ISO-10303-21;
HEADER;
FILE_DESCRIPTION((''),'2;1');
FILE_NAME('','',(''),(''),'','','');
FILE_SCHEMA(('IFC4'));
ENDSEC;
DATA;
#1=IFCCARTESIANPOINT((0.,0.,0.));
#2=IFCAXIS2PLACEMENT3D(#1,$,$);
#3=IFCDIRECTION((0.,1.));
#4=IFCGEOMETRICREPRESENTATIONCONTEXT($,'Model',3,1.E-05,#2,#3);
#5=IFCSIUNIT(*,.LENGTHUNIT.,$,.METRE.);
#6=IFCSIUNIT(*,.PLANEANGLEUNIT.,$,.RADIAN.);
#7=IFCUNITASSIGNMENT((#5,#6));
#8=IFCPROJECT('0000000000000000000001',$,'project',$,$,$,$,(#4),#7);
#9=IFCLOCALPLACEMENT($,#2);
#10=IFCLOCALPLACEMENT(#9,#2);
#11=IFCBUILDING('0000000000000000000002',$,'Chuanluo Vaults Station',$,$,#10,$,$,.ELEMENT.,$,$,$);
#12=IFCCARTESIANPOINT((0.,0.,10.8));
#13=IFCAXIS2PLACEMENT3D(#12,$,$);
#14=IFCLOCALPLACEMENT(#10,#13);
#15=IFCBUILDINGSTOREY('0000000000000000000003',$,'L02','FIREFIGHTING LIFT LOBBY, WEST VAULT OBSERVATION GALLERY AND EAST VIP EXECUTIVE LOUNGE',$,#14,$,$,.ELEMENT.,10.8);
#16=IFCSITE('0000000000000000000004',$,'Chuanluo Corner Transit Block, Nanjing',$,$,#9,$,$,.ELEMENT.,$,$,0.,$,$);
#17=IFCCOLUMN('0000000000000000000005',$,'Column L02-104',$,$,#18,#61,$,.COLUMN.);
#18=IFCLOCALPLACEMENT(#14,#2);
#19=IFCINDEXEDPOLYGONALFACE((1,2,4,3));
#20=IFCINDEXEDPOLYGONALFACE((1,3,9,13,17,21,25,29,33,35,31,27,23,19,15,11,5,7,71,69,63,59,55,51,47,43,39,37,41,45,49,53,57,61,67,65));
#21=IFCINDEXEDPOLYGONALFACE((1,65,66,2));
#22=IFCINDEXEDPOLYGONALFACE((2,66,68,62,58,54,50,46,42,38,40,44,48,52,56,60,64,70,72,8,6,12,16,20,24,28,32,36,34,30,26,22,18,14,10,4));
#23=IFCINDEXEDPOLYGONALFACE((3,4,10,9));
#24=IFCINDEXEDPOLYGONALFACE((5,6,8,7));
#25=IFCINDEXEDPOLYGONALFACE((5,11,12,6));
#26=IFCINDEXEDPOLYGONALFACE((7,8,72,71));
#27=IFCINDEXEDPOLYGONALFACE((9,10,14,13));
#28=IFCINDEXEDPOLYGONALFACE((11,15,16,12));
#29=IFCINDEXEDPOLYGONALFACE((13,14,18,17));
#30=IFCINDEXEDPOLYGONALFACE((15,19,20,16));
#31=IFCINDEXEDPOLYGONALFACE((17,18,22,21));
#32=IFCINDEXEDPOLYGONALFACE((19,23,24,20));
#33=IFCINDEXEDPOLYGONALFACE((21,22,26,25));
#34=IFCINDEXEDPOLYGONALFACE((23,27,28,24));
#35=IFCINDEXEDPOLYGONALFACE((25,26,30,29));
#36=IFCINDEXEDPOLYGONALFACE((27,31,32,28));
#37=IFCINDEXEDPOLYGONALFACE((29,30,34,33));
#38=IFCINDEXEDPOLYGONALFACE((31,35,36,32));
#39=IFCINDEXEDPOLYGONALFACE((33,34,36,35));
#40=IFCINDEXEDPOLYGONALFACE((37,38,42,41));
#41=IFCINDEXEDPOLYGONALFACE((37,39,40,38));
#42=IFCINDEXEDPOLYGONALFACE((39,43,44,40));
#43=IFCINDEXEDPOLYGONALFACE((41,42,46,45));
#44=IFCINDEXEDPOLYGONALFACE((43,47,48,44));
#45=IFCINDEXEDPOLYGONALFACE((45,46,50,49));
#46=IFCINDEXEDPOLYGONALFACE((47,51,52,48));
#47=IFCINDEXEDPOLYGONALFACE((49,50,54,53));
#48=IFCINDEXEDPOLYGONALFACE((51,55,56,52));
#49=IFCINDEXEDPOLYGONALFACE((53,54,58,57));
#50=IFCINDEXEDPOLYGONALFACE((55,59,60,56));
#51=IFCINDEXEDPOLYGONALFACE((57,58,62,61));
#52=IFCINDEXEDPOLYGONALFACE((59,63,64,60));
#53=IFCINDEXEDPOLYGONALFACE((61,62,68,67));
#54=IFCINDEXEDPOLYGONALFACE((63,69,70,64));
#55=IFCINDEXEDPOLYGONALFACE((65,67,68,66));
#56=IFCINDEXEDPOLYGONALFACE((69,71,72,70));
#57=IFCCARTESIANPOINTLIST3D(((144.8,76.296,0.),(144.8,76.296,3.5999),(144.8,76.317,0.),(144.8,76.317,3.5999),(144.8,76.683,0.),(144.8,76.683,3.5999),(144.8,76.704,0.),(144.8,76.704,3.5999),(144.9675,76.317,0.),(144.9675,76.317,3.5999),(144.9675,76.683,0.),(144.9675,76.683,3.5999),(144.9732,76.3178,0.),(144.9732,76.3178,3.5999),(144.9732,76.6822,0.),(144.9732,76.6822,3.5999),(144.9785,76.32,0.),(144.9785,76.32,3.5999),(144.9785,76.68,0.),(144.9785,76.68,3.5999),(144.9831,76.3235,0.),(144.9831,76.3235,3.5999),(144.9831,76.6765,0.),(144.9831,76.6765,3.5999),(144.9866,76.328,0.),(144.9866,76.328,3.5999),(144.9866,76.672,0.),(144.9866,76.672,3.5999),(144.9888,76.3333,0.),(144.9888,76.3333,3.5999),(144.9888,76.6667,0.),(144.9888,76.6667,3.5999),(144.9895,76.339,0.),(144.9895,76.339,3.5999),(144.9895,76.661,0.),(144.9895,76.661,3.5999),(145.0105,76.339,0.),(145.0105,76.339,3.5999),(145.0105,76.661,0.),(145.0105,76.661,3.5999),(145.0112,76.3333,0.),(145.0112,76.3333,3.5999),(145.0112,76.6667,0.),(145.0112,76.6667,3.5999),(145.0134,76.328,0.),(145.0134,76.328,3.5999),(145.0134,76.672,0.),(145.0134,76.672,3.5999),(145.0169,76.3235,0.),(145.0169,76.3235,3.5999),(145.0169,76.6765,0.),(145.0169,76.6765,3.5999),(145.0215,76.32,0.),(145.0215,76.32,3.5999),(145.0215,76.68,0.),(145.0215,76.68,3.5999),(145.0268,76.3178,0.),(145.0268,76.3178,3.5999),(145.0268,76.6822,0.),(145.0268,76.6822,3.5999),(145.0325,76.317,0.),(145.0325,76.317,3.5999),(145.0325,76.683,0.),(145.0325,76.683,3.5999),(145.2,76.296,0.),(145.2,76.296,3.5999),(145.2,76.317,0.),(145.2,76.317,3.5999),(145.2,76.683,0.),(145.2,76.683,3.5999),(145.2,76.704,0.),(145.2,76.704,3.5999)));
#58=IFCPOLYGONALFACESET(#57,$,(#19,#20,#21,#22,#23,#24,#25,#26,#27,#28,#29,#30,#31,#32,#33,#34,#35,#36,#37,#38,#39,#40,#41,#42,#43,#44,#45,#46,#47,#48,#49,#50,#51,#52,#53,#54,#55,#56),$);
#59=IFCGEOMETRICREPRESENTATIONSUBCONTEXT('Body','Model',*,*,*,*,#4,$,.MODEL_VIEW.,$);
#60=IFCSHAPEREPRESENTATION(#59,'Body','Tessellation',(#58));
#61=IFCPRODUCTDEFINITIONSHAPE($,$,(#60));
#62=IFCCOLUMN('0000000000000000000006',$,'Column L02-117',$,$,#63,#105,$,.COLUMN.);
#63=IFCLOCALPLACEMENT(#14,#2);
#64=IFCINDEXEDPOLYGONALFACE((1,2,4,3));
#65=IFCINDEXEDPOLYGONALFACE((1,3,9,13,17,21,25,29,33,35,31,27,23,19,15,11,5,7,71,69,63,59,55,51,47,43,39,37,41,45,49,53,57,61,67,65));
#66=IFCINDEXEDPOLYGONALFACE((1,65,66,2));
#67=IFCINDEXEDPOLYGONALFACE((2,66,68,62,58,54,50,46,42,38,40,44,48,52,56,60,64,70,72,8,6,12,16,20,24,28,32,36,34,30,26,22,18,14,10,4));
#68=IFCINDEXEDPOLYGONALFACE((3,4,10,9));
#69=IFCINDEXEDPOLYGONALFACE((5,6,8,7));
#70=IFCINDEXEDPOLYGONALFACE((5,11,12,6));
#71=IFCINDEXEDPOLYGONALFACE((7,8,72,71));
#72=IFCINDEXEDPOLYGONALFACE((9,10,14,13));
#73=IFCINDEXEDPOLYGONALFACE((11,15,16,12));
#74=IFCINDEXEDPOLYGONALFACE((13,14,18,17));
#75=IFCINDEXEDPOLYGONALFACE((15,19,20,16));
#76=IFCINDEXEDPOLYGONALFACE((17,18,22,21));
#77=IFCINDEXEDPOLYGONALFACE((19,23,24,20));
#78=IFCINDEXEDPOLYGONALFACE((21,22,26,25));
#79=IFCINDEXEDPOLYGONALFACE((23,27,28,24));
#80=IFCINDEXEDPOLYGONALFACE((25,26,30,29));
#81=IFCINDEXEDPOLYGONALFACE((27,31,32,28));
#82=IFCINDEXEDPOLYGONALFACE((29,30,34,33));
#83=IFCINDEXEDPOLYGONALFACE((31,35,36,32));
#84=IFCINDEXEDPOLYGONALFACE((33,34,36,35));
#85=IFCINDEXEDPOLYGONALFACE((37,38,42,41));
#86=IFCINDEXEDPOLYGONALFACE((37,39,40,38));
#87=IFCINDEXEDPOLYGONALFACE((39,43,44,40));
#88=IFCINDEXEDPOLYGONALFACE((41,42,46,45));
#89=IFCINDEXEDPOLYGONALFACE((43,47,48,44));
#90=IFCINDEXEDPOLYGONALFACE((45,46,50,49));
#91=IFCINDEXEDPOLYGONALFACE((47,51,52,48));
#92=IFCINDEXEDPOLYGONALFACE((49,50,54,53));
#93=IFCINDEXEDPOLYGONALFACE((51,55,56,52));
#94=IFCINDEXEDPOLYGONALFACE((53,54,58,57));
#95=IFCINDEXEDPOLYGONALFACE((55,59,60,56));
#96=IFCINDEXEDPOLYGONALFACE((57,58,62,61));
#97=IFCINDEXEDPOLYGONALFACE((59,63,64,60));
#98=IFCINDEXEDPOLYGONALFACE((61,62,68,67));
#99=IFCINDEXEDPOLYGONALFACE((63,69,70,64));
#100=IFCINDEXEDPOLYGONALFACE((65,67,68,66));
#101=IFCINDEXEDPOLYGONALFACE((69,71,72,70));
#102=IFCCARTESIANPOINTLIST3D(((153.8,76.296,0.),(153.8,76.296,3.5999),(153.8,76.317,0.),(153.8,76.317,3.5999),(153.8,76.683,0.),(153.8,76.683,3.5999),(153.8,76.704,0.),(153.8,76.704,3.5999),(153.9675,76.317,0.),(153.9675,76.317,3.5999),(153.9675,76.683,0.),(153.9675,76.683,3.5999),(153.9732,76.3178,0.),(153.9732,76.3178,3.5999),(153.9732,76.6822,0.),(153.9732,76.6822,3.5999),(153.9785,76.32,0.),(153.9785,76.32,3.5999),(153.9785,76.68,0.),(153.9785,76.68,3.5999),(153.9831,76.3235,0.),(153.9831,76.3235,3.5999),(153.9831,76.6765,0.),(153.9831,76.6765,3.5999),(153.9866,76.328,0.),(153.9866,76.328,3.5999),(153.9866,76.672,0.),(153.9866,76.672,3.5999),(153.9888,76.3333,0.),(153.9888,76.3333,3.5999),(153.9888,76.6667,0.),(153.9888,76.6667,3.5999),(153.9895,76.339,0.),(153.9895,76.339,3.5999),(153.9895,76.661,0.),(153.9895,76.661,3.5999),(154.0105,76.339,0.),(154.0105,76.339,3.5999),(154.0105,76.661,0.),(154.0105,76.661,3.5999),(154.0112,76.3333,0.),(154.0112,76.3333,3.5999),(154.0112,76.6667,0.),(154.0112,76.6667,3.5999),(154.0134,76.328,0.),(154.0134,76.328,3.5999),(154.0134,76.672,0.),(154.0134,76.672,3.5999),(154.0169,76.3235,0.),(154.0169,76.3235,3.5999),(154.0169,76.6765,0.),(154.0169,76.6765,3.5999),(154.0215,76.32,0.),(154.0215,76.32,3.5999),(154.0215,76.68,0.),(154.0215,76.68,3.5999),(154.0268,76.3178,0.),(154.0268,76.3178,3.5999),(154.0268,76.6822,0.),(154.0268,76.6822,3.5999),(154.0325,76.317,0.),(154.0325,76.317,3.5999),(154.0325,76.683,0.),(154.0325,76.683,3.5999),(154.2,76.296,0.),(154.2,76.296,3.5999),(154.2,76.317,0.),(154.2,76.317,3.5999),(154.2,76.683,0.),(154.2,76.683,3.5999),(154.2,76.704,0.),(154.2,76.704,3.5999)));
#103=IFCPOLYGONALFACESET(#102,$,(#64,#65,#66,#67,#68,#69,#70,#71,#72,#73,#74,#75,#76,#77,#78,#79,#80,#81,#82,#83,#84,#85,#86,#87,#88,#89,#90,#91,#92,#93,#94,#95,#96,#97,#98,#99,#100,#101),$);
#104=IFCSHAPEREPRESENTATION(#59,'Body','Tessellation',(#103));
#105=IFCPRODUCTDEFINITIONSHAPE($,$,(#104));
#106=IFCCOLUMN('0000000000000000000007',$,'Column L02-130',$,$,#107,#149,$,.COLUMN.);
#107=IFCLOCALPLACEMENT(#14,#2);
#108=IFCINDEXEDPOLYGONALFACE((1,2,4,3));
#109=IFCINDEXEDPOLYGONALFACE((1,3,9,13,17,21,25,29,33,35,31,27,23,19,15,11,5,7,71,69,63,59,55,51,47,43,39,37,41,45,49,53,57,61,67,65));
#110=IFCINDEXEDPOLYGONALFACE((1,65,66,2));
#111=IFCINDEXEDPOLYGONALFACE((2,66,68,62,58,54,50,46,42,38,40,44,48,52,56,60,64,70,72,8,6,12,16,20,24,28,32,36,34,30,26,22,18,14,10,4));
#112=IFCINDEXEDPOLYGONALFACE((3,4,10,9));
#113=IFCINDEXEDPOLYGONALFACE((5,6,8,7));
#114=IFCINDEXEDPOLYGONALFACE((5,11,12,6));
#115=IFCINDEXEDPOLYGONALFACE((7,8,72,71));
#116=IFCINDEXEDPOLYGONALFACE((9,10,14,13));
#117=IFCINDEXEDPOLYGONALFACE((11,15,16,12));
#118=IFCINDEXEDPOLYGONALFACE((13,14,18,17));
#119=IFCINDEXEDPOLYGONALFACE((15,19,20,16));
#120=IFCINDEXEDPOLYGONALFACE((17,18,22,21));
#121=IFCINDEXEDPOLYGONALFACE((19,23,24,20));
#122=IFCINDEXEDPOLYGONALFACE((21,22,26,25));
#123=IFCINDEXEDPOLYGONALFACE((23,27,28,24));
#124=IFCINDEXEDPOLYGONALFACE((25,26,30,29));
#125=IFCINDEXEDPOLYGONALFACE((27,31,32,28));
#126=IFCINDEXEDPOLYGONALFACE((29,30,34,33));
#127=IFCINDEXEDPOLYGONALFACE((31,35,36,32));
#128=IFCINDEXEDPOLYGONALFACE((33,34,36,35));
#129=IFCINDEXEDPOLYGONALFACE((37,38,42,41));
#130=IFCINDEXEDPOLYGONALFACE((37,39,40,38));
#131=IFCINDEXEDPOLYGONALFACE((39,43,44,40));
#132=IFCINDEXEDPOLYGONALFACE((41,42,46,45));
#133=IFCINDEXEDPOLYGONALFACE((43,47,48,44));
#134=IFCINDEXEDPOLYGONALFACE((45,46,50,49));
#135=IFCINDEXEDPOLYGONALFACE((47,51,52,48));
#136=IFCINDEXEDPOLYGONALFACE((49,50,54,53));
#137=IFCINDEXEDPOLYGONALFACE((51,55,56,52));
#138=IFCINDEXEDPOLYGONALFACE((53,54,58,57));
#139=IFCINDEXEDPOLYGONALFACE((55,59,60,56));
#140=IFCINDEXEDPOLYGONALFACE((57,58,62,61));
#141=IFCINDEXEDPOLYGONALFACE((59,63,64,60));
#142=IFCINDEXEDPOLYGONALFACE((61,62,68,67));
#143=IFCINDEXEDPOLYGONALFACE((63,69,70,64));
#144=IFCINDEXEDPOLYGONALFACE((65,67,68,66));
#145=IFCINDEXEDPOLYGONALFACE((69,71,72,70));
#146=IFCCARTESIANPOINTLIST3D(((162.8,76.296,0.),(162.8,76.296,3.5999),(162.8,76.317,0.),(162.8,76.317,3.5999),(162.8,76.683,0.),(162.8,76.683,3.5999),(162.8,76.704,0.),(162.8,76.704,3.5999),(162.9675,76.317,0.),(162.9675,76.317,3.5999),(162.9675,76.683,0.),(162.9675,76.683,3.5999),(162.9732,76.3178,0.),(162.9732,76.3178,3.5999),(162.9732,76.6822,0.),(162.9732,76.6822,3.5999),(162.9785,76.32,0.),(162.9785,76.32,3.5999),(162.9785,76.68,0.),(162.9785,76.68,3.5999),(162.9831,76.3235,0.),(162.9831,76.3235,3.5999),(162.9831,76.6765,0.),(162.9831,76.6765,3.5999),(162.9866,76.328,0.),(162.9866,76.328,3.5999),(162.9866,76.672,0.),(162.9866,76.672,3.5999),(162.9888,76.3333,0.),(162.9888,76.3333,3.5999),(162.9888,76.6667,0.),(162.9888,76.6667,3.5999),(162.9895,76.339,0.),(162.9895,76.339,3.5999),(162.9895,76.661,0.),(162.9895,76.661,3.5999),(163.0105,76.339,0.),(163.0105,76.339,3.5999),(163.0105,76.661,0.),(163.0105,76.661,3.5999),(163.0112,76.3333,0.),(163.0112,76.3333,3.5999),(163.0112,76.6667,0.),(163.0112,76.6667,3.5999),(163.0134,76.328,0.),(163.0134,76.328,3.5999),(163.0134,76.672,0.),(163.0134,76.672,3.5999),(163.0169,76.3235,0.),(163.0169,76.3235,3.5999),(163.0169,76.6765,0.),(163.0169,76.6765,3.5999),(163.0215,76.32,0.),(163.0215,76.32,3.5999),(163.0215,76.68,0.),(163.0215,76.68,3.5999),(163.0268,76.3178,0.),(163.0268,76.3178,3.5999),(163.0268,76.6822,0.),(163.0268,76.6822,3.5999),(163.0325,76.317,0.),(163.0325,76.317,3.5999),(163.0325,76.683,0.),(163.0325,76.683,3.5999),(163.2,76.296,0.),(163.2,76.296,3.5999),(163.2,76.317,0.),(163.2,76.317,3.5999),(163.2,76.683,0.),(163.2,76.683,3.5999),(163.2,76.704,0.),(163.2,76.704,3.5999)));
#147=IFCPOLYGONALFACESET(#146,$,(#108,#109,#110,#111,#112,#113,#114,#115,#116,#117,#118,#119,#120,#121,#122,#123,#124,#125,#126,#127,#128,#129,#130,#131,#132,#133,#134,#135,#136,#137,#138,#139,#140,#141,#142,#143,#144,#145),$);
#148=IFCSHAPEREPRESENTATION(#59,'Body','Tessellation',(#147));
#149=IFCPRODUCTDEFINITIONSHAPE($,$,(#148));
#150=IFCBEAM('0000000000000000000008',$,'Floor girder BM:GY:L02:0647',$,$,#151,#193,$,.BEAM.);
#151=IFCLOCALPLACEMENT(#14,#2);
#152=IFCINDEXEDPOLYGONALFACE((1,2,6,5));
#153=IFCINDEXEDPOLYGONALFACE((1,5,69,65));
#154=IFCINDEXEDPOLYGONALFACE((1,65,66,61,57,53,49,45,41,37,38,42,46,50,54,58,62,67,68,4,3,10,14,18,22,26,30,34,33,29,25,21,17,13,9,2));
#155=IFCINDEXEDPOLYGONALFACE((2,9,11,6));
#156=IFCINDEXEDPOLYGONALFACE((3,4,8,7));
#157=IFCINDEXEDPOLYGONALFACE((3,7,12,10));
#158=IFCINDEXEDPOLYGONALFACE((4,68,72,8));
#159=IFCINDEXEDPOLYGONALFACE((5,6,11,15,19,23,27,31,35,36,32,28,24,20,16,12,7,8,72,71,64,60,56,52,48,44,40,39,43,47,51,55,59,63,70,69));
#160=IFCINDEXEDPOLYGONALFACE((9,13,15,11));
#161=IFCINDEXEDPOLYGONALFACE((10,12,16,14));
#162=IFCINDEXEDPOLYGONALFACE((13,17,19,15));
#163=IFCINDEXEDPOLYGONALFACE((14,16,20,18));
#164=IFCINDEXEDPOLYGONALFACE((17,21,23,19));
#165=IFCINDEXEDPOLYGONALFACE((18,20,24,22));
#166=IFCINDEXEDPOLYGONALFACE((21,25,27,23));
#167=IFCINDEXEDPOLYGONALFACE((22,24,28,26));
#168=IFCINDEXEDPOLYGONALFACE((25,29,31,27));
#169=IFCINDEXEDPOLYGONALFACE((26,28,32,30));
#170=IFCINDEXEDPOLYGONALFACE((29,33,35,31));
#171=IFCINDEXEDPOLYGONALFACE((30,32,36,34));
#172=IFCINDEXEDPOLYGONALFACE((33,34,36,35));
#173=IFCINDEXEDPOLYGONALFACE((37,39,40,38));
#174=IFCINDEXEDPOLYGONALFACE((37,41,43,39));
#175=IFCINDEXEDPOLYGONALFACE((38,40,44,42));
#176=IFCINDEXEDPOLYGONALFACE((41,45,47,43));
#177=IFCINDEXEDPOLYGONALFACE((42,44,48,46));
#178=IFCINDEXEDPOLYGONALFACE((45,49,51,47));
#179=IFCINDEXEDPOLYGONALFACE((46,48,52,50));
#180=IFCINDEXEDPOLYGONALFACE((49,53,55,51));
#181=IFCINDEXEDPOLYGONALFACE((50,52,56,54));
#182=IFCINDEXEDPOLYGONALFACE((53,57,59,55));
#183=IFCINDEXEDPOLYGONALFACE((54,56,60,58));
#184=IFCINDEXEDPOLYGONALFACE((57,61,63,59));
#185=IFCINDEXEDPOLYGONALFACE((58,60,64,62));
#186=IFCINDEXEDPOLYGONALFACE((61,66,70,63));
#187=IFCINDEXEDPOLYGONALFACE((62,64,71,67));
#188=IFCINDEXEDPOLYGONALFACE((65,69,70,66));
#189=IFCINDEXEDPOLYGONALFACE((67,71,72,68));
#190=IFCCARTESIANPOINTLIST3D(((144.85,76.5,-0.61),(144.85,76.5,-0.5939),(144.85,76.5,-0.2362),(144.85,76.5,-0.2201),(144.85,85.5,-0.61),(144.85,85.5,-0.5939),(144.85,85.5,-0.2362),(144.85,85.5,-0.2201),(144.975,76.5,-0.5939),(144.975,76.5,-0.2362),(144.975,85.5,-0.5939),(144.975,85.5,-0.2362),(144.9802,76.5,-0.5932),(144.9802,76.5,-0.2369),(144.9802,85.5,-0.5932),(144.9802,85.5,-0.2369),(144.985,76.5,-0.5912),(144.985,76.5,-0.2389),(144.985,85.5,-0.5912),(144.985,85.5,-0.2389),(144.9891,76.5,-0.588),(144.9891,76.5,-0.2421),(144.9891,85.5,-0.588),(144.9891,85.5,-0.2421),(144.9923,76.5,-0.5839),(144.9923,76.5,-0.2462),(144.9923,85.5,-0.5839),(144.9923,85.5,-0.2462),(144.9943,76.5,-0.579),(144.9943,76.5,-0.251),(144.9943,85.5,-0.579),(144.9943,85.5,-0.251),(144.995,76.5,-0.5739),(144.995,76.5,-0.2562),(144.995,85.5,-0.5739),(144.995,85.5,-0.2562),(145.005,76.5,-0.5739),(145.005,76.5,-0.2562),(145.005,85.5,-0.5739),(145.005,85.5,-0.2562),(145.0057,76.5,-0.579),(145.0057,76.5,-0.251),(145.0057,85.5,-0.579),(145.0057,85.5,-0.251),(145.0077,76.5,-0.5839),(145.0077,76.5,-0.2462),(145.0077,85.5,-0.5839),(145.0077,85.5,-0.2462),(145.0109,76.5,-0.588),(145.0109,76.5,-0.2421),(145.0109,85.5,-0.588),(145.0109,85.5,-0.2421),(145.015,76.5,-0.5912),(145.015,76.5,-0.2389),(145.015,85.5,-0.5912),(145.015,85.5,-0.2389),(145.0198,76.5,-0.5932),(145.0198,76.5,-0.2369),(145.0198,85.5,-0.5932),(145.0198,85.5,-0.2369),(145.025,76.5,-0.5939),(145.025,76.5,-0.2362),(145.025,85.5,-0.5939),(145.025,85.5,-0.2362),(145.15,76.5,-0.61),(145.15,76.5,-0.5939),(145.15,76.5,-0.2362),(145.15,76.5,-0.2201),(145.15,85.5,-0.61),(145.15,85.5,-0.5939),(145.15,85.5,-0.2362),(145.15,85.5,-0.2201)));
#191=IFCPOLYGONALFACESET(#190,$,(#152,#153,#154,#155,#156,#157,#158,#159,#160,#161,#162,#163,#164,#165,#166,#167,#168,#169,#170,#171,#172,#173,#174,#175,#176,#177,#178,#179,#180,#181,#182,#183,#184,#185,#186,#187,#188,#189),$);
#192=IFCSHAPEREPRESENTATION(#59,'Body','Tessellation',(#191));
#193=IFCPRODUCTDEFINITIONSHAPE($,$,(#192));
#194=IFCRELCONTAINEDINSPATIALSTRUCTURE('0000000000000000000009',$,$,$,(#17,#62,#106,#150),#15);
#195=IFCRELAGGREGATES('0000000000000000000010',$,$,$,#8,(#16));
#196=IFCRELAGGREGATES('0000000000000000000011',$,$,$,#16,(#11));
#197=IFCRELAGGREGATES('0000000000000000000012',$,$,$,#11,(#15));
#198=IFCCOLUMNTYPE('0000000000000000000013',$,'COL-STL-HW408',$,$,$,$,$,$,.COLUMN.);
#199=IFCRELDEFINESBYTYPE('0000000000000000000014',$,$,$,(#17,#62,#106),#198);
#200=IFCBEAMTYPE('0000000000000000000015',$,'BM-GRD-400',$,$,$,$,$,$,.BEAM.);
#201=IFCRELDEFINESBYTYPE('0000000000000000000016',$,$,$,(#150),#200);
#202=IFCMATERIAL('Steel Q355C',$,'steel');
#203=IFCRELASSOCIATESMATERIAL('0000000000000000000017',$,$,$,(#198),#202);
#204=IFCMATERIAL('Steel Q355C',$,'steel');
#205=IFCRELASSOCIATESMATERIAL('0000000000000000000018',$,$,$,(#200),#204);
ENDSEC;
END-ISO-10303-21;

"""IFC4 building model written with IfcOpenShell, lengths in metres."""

from ifc_helpers import new_model, si_unit, direction, frame, origin, origin_2d, place, context, subcontext, project, spatial, i_section, extrude, material, material_profile, profile_set, type_object, element, save


model = new_model("IFC4")

# Units and contexts
model_context = context("Model", 3, precision=1e-05, world=origin(), true_north=direction((0.0, 1.0)))
body_context = subcontext(model_context, "Body", "Model", "MODEL_VIEW")
ifc_project = project(units=[si_unit("LENGTHUNIT", "METRE"), si_unit("PLANEANGLEUNIT", "RADIAN")], contexts=[model_context])

# Site, building, storey
site_placement = place(None, origin())
site = spatial("IfcSite", under=ifc_project, at=site_placement, Name="Chuanluo Corner Transit Block, Nanjing", CompositionType="ELEMENT", RefElevation=0.0)
building_placement = place(site_placement, origin())
building = spatial("IfcBuilding", under=site, at=building_placement, Name="Chuanluo Vaults Station", CompositionType="ELEMENT")
storey_placement = place(building_placement, frame((0.0, 0.0, 10.8)))
storey = spatial("IfcBuildingStorey", under=building, at=storey_placement, Name="L02", Description="FIREFIGHTING LIFT LOBBY, WEST VAULT OBSERVATION GALLERY AND EAST VIP EXECUTIVE LOUNGE", CompositionType="ELEMENT", Elevation=10.8)

# Columns
ifc_material_1 = material(Name="Steel Q355C", Category="steel")
ifc_material_profile_1 = material_profile(ifc_material_1, i_section(OverallWidth=0.3999, OverallDepth=0.408, WebThickness=0.021, FlangeThickness=0.021, FilletRadius=0.022, at=origin_2d()))
ifc_profile_set_1 = profile_set([ifc_material_profile_1], Name="Steel Q355C")
column_type = type_object("IfcColumnType", Name="COL-STL-HW408", PredefinedType="COLUMN", material=ifc_profile_set_1)
for number, where, z_axis, x_axis, name in (
    (1, (145.0, 76.5, 0.0), (0.0, 0.0, 1.0), (1.0, 0.0, 0.0), "Column L02-104"),
    (2, (154.0, 76.5, 0.0), (0.0, 0.0, 1.0), (1.0, 0.0, 0.0), "Column L02-117"),
    (3, (163.0, 76.5, 0.0), (0.0, 0.0, 1.0), (1.0, 0.0, 0.0), "Column L02-130"),
):
    element("IfcColumn", number, at=place(storey_placement, frame(where, z_axis=z_axis, x_axis=x_axis)), inside=storey, type_object=column_type, Name=name, PredefinedType="COLUMN", context=body_context, shape_type="SweptSolid", body=[
        extrude(i_section(OverallWidth=0.3999, OverallDepth=0.408, WebThickness=0.021, FlangeThickness=0.021, FilletRadius=0.022, at=origin_2d()), origin(), (0.0, 0.0, 1.0), 3.5999),
    ])

# Beam
ifc_material_2 = material(Name="Steel Q355C", Category="steel")
ifc_material_profile_2 = material_profile(ifc_material_2, i_section(OverallWidth=0.3, OverallDepth=0.3899, WebThickness=0.01, FlangeThickness=0.0161, FilletRadius=0.02, at=origin_2d()))
ifc_profile_set_2 = profile_set([ifc_material_profile_2], Name="Steel Q355C")
beam_type_1 = type_object("IfcBeamType", Name="BM-GRD-400", PredefinedType="BEAM", material=ifc_profile_set_2)
for number, where, z_axis, x_axis, name in (
    (4, (145.0, 76.5, -0.415), (0.0, 1.0, 0.0), (-1.0, 0.0, 0.0), "Floor girder BM:GY:L02:0647"),
):
    element("IfcBeam", number, at=place(storey_placement, frame(where, z_axis=z_axis, x_axis=x_axis)), inside=storey, type_object=beam_type_1, Name=name, PredefinedType="BEAM", context=body_context, shape_type="SweptSolid", body=[
        extrude(i_section(OverallWidth=0.3, OverallDepth=0.3899, WebThickness=0.01, FlangeThickness=0.0161, FilletRadius=0.02, at=origin_2d()), origin(), (0.0, 0.0, 1.0), 9.0),
    ])

save(model, "model.ifc")
